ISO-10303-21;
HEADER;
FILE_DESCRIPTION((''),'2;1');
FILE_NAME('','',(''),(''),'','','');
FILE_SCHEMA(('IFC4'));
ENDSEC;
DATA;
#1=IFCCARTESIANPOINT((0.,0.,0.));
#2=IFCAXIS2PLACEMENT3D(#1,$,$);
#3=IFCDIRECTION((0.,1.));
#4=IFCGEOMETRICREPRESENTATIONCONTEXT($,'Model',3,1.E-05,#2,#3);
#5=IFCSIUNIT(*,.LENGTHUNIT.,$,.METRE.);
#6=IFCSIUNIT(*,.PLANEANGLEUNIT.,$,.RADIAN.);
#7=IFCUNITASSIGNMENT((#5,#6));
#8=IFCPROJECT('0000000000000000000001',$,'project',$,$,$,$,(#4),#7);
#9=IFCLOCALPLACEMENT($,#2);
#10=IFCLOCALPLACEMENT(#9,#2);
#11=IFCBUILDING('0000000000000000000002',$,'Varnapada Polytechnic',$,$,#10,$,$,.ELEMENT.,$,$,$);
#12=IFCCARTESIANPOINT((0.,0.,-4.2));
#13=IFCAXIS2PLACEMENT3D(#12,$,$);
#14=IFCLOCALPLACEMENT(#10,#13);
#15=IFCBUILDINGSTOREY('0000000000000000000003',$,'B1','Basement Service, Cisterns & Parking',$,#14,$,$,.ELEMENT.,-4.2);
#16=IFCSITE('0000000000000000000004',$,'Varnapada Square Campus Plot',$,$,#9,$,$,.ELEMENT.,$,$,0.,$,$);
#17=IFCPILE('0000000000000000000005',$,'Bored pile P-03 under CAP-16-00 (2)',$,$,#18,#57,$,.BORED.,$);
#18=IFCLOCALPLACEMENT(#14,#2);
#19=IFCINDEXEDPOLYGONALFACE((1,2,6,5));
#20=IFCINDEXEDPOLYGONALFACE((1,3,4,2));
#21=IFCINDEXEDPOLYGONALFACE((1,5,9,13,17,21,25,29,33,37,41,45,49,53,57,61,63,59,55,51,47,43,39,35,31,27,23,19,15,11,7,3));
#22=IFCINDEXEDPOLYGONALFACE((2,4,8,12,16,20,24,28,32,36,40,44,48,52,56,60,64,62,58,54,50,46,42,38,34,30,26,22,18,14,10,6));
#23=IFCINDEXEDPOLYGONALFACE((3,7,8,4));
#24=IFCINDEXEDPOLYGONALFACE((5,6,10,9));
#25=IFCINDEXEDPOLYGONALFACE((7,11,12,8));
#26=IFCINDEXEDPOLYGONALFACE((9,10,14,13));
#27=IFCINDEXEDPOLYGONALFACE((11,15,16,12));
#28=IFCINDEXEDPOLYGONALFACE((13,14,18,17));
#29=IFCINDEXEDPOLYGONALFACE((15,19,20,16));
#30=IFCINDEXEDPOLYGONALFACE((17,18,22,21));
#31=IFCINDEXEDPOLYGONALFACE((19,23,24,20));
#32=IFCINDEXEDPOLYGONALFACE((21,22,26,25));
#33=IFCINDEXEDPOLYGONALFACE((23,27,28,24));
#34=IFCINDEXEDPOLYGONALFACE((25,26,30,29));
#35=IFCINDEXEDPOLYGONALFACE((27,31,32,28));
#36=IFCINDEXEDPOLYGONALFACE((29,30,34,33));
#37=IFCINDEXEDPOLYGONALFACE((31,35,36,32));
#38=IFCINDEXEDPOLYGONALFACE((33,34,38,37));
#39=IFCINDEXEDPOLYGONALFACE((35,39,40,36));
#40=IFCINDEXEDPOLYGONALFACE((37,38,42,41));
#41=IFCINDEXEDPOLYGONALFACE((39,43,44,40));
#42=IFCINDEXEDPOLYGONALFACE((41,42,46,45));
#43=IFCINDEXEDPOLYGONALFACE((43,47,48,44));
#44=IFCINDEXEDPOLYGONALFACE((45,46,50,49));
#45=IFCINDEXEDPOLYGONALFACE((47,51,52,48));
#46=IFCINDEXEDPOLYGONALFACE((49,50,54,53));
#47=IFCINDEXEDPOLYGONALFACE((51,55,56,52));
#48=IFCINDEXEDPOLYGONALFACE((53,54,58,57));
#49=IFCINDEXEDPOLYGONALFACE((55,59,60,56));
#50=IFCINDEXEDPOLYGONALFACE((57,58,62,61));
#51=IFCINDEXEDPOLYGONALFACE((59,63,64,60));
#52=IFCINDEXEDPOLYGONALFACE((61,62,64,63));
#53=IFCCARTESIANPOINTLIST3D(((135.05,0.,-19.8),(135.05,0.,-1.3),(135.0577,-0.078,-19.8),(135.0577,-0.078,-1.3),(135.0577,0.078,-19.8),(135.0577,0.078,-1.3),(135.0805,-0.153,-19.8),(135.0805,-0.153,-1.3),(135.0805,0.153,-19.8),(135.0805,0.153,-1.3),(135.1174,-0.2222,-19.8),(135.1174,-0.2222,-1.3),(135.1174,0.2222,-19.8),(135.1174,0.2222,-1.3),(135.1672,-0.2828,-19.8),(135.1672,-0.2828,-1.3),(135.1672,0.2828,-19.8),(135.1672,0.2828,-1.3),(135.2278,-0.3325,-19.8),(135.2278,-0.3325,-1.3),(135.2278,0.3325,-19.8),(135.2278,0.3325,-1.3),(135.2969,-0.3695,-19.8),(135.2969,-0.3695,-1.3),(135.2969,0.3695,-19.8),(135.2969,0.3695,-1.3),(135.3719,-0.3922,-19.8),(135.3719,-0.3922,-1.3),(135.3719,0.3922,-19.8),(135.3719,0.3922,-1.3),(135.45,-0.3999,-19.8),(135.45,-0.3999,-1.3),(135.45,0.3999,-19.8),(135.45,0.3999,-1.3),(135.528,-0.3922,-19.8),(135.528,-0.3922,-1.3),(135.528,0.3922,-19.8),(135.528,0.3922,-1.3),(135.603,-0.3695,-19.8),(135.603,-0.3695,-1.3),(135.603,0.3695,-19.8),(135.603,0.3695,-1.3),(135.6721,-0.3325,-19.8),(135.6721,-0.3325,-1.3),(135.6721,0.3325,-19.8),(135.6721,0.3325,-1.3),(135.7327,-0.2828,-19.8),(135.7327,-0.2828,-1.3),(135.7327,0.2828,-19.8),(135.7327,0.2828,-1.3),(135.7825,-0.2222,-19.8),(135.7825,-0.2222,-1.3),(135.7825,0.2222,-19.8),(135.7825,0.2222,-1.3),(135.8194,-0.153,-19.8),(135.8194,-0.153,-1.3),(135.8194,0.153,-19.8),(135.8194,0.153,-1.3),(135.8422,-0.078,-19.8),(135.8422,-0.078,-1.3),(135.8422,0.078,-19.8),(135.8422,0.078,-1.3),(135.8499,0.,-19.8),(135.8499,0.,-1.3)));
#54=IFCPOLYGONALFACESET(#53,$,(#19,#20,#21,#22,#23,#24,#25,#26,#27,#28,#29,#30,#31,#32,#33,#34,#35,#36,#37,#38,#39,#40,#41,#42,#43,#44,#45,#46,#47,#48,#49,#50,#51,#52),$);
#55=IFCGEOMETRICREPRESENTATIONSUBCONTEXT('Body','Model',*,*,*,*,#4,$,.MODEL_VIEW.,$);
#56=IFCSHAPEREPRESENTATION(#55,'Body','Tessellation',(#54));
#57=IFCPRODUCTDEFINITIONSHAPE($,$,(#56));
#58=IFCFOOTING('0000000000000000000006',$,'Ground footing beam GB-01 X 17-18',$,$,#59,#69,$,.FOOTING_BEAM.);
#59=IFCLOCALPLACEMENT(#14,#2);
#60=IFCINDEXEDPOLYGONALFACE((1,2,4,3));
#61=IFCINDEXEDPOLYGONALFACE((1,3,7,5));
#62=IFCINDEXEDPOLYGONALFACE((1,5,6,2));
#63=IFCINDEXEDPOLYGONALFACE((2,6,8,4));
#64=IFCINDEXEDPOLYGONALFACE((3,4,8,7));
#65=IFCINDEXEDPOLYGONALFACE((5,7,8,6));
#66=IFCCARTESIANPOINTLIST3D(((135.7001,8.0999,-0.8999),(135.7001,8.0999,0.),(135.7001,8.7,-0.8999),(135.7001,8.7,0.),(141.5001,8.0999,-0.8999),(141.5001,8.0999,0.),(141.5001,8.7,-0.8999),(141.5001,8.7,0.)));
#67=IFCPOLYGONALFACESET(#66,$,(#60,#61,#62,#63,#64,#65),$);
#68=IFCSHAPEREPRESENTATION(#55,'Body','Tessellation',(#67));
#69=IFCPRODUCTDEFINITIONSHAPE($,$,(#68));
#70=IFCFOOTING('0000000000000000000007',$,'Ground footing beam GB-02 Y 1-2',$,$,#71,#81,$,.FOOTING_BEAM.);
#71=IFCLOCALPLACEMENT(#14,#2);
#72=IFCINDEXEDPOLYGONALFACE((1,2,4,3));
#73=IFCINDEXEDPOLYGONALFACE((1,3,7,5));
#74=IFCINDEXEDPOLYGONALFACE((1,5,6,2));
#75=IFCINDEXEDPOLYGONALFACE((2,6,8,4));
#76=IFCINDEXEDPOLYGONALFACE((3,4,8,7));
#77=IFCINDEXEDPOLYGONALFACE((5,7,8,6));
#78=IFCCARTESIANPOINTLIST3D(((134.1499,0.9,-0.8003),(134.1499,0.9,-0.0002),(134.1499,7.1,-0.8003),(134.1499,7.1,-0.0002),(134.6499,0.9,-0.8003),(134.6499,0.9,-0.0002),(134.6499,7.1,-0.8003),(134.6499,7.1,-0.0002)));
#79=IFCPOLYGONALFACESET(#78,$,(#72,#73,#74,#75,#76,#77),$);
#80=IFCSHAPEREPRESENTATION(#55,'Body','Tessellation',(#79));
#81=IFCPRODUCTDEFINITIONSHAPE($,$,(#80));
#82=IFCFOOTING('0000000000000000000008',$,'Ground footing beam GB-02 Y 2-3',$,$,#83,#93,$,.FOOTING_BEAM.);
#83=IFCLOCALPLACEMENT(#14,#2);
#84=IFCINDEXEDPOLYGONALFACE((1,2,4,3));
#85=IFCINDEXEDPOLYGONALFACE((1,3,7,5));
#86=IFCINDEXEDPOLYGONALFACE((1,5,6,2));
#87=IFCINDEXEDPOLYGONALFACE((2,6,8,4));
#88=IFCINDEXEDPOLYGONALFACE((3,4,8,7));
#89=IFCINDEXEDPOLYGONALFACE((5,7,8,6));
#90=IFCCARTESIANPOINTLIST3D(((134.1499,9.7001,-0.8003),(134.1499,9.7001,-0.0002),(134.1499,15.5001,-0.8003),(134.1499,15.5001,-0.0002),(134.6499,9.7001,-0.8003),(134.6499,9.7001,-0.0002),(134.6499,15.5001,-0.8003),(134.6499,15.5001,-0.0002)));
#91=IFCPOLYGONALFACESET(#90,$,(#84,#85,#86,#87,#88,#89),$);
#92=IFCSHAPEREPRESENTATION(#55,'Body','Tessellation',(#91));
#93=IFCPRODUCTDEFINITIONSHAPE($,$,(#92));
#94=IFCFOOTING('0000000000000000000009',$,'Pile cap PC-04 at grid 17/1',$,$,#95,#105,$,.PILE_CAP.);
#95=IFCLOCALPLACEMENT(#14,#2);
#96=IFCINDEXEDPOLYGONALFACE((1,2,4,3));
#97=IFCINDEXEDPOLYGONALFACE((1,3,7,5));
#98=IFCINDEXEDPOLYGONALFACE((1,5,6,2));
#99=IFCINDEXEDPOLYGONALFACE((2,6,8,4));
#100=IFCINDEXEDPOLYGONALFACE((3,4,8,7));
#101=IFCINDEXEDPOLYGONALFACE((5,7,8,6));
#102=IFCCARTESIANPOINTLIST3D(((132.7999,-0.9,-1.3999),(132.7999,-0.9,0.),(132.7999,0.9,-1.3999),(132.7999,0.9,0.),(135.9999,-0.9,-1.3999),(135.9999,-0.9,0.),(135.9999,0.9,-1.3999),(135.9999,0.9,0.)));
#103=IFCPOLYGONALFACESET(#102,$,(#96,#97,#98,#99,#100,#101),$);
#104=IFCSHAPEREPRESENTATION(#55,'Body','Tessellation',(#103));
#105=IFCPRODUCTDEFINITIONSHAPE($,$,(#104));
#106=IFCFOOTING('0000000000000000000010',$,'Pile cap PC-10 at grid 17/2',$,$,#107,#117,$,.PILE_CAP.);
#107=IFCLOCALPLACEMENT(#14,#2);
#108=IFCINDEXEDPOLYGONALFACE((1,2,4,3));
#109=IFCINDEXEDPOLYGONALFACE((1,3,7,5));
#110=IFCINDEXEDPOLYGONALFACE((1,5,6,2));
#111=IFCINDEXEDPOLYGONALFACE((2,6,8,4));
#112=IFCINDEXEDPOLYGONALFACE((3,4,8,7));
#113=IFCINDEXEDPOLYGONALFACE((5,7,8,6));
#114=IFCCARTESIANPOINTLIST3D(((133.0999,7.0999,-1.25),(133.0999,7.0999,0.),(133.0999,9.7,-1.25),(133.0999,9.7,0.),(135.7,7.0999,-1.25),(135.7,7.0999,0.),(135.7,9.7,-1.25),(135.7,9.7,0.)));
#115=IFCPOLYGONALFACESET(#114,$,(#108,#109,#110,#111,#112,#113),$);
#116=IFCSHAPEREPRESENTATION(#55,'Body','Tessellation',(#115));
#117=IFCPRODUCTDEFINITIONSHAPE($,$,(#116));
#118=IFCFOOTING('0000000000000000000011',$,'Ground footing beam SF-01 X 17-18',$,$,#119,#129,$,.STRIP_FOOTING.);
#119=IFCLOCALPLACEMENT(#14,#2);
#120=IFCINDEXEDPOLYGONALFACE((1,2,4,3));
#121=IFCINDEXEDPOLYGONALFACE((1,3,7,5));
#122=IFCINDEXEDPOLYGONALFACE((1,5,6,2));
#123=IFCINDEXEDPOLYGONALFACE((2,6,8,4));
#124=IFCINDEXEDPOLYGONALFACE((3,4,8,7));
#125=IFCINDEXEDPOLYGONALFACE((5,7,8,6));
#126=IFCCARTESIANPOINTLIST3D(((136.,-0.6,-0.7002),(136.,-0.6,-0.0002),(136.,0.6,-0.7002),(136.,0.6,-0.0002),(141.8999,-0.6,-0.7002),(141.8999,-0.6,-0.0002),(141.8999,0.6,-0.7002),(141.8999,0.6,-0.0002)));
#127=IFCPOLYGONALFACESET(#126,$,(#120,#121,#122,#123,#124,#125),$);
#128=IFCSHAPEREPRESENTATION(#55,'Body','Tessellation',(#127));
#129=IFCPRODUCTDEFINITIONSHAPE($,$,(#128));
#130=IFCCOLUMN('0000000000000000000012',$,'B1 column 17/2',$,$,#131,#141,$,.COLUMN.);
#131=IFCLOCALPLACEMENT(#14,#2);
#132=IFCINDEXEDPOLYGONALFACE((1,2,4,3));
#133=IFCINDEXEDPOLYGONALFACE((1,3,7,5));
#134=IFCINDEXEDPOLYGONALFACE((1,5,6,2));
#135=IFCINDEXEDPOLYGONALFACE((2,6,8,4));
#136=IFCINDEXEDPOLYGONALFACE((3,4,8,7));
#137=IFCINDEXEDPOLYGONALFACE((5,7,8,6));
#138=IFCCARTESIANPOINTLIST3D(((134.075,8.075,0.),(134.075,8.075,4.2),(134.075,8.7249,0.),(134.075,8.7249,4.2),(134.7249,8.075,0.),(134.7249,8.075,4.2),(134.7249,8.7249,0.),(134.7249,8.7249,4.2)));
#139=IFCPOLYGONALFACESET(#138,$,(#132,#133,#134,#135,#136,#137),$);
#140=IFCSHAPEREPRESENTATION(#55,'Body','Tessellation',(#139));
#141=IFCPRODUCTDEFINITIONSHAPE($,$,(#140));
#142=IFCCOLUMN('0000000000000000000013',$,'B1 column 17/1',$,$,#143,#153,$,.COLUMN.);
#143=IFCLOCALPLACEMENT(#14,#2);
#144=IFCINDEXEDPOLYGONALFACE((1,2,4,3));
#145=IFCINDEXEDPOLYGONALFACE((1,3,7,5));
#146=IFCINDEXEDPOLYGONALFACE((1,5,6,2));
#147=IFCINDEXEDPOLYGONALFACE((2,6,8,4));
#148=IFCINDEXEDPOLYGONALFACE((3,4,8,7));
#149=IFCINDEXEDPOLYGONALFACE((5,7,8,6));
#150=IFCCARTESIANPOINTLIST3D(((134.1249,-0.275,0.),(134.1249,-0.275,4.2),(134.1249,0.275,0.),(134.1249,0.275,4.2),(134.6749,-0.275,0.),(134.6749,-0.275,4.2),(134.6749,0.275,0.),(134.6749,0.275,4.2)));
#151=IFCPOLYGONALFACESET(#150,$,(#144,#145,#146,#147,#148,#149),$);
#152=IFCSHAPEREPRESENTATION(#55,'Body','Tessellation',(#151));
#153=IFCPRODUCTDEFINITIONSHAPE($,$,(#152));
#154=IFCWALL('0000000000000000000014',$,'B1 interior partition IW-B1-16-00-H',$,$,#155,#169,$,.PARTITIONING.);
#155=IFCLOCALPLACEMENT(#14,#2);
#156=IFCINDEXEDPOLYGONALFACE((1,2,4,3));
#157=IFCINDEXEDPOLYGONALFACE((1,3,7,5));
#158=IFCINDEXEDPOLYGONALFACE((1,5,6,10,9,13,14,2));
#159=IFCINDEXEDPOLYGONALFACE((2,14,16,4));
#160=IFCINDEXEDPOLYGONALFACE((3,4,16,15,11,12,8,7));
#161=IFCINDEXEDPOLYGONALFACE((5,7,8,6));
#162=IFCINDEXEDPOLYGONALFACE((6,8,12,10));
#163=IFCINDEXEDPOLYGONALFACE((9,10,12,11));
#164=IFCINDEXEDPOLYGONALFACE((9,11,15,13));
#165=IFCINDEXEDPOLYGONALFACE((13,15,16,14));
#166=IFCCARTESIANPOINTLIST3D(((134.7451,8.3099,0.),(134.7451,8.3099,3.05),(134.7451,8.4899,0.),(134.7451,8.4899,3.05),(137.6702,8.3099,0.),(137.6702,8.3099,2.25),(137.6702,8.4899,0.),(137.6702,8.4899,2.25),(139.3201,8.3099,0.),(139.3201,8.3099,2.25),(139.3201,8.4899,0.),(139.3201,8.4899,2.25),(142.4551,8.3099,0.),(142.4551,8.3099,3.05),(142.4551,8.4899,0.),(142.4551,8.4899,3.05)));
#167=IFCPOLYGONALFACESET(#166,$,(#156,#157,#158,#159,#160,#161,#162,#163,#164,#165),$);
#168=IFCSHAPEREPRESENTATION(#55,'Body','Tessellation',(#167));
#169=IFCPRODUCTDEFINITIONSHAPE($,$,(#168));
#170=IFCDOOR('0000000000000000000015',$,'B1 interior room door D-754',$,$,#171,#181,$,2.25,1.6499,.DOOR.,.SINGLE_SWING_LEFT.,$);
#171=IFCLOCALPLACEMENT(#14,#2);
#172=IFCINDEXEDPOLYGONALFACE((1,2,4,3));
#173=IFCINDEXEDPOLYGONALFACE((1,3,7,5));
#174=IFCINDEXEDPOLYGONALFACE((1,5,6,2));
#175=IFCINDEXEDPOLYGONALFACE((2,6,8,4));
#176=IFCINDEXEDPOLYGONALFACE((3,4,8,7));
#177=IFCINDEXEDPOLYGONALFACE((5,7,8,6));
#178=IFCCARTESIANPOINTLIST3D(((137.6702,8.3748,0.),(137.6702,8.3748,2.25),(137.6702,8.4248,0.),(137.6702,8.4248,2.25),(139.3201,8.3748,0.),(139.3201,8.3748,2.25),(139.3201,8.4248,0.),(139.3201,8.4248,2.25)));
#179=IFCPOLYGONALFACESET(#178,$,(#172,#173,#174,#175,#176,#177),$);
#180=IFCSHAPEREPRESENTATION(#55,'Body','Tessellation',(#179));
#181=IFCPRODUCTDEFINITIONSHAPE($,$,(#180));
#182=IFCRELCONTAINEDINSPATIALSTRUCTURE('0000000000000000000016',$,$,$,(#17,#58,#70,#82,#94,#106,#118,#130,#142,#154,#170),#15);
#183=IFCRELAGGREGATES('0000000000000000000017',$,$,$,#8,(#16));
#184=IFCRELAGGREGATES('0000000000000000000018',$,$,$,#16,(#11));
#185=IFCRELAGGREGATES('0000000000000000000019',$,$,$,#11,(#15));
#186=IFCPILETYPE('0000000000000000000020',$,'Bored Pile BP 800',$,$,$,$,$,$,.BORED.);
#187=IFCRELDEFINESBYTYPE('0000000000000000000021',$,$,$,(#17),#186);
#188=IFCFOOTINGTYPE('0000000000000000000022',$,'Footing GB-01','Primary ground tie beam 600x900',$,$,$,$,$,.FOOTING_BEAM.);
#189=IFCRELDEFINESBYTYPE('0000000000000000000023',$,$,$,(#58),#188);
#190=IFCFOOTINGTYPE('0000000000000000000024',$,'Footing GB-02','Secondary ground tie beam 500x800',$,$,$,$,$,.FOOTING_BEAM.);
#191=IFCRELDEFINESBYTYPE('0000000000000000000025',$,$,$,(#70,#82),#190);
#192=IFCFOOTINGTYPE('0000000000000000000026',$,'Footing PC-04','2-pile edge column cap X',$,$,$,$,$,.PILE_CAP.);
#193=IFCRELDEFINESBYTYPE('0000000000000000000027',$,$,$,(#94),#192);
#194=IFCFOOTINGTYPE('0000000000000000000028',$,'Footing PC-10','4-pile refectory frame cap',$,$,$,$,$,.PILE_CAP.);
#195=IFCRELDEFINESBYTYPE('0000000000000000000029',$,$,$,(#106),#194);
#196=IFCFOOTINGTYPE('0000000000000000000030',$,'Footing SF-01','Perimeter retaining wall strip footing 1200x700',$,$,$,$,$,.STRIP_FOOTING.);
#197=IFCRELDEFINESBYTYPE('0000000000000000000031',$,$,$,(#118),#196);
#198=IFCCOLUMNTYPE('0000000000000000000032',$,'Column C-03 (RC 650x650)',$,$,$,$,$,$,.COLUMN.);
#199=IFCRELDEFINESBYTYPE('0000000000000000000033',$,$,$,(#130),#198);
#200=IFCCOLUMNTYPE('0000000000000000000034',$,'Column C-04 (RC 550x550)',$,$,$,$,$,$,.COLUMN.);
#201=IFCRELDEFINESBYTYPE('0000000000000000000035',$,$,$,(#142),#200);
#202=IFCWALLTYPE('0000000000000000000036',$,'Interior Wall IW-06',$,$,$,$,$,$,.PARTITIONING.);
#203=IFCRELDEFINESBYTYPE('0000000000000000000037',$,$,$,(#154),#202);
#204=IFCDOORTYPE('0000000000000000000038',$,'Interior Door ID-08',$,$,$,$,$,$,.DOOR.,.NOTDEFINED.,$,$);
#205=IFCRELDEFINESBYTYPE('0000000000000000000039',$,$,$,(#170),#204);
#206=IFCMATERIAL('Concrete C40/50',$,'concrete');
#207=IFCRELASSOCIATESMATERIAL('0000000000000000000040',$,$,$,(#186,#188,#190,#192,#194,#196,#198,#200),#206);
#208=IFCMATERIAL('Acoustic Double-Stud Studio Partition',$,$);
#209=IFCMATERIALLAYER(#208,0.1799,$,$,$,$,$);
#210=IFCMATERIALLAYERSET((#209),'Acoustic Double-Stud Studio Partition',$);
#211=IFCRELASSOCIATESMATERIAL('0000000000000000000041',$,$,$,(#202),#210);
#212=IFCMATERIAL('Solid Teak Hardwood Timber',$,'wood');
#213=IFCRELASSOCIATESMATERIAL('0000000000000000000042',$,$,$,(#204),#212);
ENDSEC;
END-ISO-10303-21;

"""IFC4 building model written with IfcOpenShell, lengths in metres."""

from ifc_helpers import new_model, si_unit, direction, frame, frame_2d, origin, origin_2d, place, context, subcontext, project, spatial, rectangle, circle, extrude, material, layer, layer_set, material_profile, profile_set, type_object, element, fill, save


model = new_model("IFC4")

# Units and contexts
model_context = context("Model", 3, precision=1e-05, world=origin(), true_north=direction((0.0, 1.0)))
body_context = subcontext(model_context, "Body", "Model", "MODEL_VIEW")
ifc_project = project(units=[si_unit("LENGTHUNIT", "METRE"), si_unit("PLANEANGLEUNIT", "RADIAN")], contexts=[model_context])

# Site, building, storey
site_placement = place(None, origin())
site = spatial("IfcSite", under=ifc_project, at=site_placement, Name="Varnapada Square Campus Plot", CompositionType="ELEMENT", RefElevation=0.0)
building_placement = place(site_placement, origin())
building = spatial("IfcBuilding", under=site, at=building_placement, Name="Varnapada Polytechnic", CompositionType="ELEMENT")
storey_placement = place(building_placement, frame((0.0, 0.0, -4.2)))
storey = spatial("IfcBuildingStorey", under=building, at=storey_placement, Name="B1", Description="Basement Service, Cisterns & Parking", CompositionType="ELEMENT", Elevation=-4.2)

# Pile
ifc_material_1 = material(Name="Concrete C40/50", Category="concrete")
ifc_material_profile_1 = material_profile(ifc_material_1, circle(Radius=0.3999, at=origin_2d()), Name="BP 800")
ifc_profile_set_1 = profile_set([ifc_material_profile_1], Name="Concrete C40/50")
pile_type_1 = type_object("IfcPileType", Name="Bored Pile BP 800", PredefinedType="BORED", material=ifc_profile_set_1)
for number, where, z_axis, x_axis, name in (
    (1, (135.45, 0.0, -1.3), (0.0, 0.0, -1.0), (1.0, 0.0, 0.0), "Bored pile P-03 under CAP-16-00 (2)"),
):
    element("IfcPile", number, at=place(storey_placement, frame(where, z_axis=z_axis, x_axis=x_axis)), inside=storey, type_object=pile_type_1, Name=name, PredefinedType="BORED", context=body_context, shape_type="SweptSolid", body=[
        extrude(circle(Radius=0.3999, at=origin_2d()), origin(), (0.0, 0.0, 1.0), 18.5),
    ])

# Footings
footing_type_1 = type_object("IfcFootingType", Name="Footing GB-01", Description="Primary ground tie beam 600x900", PredefinedType="FOOTING_BEAM", material=ifc_material_1)
footing_1_placement = place(storey_placement, frame((138.6001, 8.3999, -0.8999), z_axis=(0.0, 0.0, 1.0), x_axis=(1.0, 0.0, 0.0)))
element("IfcFooting", 2, at=footing_1_placement, inside=storey, type_object=footing_type_1, Name="Ground footing beam GB-01 X 17-18", PredefinedType="FOOTING_BEAM", context=body_context, shape_type="SweptSolid", body=[
    extrude(rectangle(XDim=5.8, YDim=0.6001, at=origin_2d()), origin(), (0.0, 0.0, 1.0), 0.8999),
])
footing_type_2 = type_object("IfcFootingType", Name="Footing GB-02", Description="Secondary ground tie beam 500x800", PredefinedType="FOOTING_BEAM", material=ifc_material_1)
footing_2_placement = place(storey_placement, frame((134.3999, 4.0, -0.8003), z_axis=(0.0, 0.0, 1.0), x_axis=(0.0, 1.0, 0.0)))
element("IfcFooting", 3, at=footing_2_placement, inside=storey, type_object=footing_type_2, Name="Ground footing beam GB-02 Y 1-2", PredefinedType="FOOTING_BEAM", context=body_context, shape_type="SweptSolid", body=[
    extrude(rectangle(XDim=6.2, YDim=0.5, at=origin_2d()), origin(), (0.0, 0.0, 1.0), 0.8),
])
footing_3_placement = place(storey_placement, frame((134.3999, 12.6001, -0.8003), z_axis=(0.0, 0.0, 1.0), x_axis=(0.0, 1.0, 0.0)))
element("IfcFooting", 4, at=footing_3_placement, inside=storey, type_object=footing_type_2, Name="Ground footing beam GB-02 Y 2-3", PredefinedType="FOOTING_BEAM", context=body_context, shape_type="SweptSolid", body=[
    extrude(rectangle(XDim=5.8, YDim=0.5, at=origin_2d()), origin(), (0.0, 0.0, 1.0), 0.8),
])
footing_type_3 = type_object("IfcFootingType", Name="Footing PC-04", Description="2-pile edge column cap X", PredefinedType="PILE_CAP", material=ifc_material_1)
footing_4_placement = place(storey_placement, frame((134.3999, 0.0, -1.3999), z_axis=(0.0, 0.0, 1.0), x_axis=(1.0, 0.0, 0.0)))
element("IfcFooting", 5, at=footing_4_placement, inside=storey, type_object=footing_type_3, Name="Pile cap PC-04 at grid 17/1", PredefinedType="PILE_CAP", context=body_context, shape_type="SweptSolid", body=[
    extrude(rectangle(XDim=3.2, YDim=1.8, at=origin_2d()), origin(), (0.0, 0.0, 1.0), 1.3999),
])
footing_type_4 = type_object("IfcFootingType", Name="Footing PC-10", Description="4-pile refectory frame cap", PredefinedType="PILE_CAP", material=ifc_material_1)
footing_5_placement = place(storey_placement, frame((134.3999, 8.3999, -1.25), z_axis=(0.0, 0.0, 1.0), x_axis=(1.0, 0.0, 0.0)))
element("IfcFooting", 6, at=footing_5_placement, inside=storey, type_object=footing_type_4, Name="Pile cap PC-10 at grid 17/2", PredefinedType="PILE_CAP", context=body_context, shape_type="SweptSolid", body=[
    extrude(rectangle(XDim=2.6001, YDim=2.6001, at=origin_2d()), origin(), (0.0, 0.0, 1.0), 1.25),
])
footing_type_5 = type_object("IfcFootingType", Name="Footing SF-01", Description="Perimeter retaining wall strip footing 1200x700", PredefinedType="STRIP_FOOTING", material=ifc_material_1)
footing_6_placement = place(storey_placement, frame((138.95, 0.0, -0.7002), z_axis=(0.0, 0.0, 1.0), x_axis=(1.0, 0.0, 0.0)))
element("IfcFooting", 7, at=footing_6_placement, inside=storey, type_object=footing_type_5, Name="Ground footing beam SF-01 X 17-18", PredefinedType="STRIP_FOOTING", context=body_context, shape_type="SweptSolid", body=[
    extrude(rectangle(XDim=5.8999, YDim=1.2, at=origin_2d()), origin(), (0.0, 0.0, 1.0), 0.7),
])

# Columns
ifc_material_profile_2 = material_profile(ifc_material_1, rectangle(XDim=0.6499, YDim=0.6499, at=origin_2d()), Name="RC 650x650")
ifc_profile_set_2 = profile_set([ifc_material_profile_2], Name="Concrete C40/50")
column_type_1 = type_object("IfcColumnType", Name="Column C-03 (RC 650x650)", PredefinedType="COLUMN", material=ifc_profile_set_2)
column_1_placement = place(storey_placement, frame((134.3999, 8.3999, 0.0), z_axis=(0.0, 0.0, 1.0), x_axis=(1.0, 0.0, 0.0)))
element("IfcColumn", 8, at=column_1_placement, inside=storey, type_object=column_type_1, Name="B1 column 17/2", PredefinedType="COLUMN", context=body_context, shape_type="SweptSolid", body=[
    extrude(rectangle(XDim=0.6499, YDim=0.6499, at=origin_2d()), origin(), (0.0, 0.0, 1.0), 4.2),
])
ifc_material_profile_3 = material_profile(ifc_material_1, rectangle(XDim=0.55, YDim=0.55, at=origin_2d()), Name="RC 550x550")
ifc_profile_set_3 = profile_set([ifc_material_profile_3], Name="Concrete C40/50")
column_type_2 = type_object("IfcColumnType", Name="Column C-04 (RC 550x550)", PredefinedType="COLUMN", material=ifc_profile_set_3)
column_2_placement = place(storey_placement, frame((134.3999, 0.0, 0.0), z_axis=(0.0, 0.0, 1.0), x_axis=(1.0, 0.0, 0.0)))
element("IfcColumn", 9, at=column_2_placement, inside=storey, type_object=column_type_2, Name="B1 column 17/1", PredefinedType="COLUMN", context=body_context, shape_type="SweptSolid", body=[
    extrude(rectangle(XDim=0.55, YDim=0.55, at=origin_2d()), origin(), (0.0, 0.0, 1.0), 4.2),
])

# Wall, opening, door
ifc_material_2 = material(Name="Acoustic Double-Stud Studio Partition")
ifc_layer_1 = layer(ifc_material_2, 0.1799)
ifc_layer_set_1 = layer_set([ifc_layer_1], Name="Acoustic Double-Stud Studio Partition")
wall_type_1 = type_object("IfcWallType", Name="Interior Wall IW-06", PredefinedType="PARTITIONING", material=ifc_layer_set_1)
wall_1_placement = place(storey_placement, frame((134.7451, 8.3999, 0.0), z_axis=(0.0, 0.0, 1.0), x_axis=(1.0, 0.0, 0.0)))
wall_1 = element("IfcWall", 10, at=wall_1_placement, inside=storey, type_object=wall_type_1, Name="B1 interior partition IW-B1-16-00-H", PredefinedType="PARTITIONING", context=body_context, shape_type="SweptSolid", body=[
    extrude(rectangle(XDim=7.71, YDim=0.1799, at=frame_2d((3.855, 0.0))), origin(), (0.0, 0.0, 1.0), 3.05),
])
opening_placement = place(wall_1_placement, frame((2.925, 0.0, 0.0)))
opening = element("IfcOpeningElement", 11, at=opening_placement, cuts=wall_1, PredefinedType="OPENING", context=body_context, shape_type="SweptSolid", body=[
    extrude(rectangle(XDim=1.6499, YDim=2.25, at=frame_2d((0.825, 1.125))), frame((0.0, 0.0999, 0.0), z_axis=(0.0, -1.0, 0.0), x_axis=(1.0, 0.0, 0.0)), (0.0, 0.0, 1.0), 0.2),
])
ifc_material_3 = material(Name="Solid Teak Hardwood Timber", Category="wood")
door_type = type_object("IfcDoorType", Name="Interior Door ID-08", OperationType="NOTDEFINED", PredefinedType="DOOR", material=ifc_material_3)
door_placement = place(opening_placement, origin())
door = element("IfcDoor", 12, at=door_placement, inside=storey, type_object=door_type, Name="B1 interior room door D-754", OperationType="SINGLE_SWING_LEFT", OverallHeight=2.25, OverallWidth=1.6499, PredefinedType="DOOR", context=body_context, shape_type="SweptSolid", body=[
    extrude(rectangle(XDim=1.6499, YDim=2.25, at=frame_2d((0.825, 1.125))), frame((0.0, 0.0249, 0.0), z_axis=(0.0, -1.0, 0.0), x_axis=(1.0, 0.0, 0.0)), (0.0, 0.0, 1.0), 0.05),
])
fill(opening, door)

save(model, "model.ifc")
